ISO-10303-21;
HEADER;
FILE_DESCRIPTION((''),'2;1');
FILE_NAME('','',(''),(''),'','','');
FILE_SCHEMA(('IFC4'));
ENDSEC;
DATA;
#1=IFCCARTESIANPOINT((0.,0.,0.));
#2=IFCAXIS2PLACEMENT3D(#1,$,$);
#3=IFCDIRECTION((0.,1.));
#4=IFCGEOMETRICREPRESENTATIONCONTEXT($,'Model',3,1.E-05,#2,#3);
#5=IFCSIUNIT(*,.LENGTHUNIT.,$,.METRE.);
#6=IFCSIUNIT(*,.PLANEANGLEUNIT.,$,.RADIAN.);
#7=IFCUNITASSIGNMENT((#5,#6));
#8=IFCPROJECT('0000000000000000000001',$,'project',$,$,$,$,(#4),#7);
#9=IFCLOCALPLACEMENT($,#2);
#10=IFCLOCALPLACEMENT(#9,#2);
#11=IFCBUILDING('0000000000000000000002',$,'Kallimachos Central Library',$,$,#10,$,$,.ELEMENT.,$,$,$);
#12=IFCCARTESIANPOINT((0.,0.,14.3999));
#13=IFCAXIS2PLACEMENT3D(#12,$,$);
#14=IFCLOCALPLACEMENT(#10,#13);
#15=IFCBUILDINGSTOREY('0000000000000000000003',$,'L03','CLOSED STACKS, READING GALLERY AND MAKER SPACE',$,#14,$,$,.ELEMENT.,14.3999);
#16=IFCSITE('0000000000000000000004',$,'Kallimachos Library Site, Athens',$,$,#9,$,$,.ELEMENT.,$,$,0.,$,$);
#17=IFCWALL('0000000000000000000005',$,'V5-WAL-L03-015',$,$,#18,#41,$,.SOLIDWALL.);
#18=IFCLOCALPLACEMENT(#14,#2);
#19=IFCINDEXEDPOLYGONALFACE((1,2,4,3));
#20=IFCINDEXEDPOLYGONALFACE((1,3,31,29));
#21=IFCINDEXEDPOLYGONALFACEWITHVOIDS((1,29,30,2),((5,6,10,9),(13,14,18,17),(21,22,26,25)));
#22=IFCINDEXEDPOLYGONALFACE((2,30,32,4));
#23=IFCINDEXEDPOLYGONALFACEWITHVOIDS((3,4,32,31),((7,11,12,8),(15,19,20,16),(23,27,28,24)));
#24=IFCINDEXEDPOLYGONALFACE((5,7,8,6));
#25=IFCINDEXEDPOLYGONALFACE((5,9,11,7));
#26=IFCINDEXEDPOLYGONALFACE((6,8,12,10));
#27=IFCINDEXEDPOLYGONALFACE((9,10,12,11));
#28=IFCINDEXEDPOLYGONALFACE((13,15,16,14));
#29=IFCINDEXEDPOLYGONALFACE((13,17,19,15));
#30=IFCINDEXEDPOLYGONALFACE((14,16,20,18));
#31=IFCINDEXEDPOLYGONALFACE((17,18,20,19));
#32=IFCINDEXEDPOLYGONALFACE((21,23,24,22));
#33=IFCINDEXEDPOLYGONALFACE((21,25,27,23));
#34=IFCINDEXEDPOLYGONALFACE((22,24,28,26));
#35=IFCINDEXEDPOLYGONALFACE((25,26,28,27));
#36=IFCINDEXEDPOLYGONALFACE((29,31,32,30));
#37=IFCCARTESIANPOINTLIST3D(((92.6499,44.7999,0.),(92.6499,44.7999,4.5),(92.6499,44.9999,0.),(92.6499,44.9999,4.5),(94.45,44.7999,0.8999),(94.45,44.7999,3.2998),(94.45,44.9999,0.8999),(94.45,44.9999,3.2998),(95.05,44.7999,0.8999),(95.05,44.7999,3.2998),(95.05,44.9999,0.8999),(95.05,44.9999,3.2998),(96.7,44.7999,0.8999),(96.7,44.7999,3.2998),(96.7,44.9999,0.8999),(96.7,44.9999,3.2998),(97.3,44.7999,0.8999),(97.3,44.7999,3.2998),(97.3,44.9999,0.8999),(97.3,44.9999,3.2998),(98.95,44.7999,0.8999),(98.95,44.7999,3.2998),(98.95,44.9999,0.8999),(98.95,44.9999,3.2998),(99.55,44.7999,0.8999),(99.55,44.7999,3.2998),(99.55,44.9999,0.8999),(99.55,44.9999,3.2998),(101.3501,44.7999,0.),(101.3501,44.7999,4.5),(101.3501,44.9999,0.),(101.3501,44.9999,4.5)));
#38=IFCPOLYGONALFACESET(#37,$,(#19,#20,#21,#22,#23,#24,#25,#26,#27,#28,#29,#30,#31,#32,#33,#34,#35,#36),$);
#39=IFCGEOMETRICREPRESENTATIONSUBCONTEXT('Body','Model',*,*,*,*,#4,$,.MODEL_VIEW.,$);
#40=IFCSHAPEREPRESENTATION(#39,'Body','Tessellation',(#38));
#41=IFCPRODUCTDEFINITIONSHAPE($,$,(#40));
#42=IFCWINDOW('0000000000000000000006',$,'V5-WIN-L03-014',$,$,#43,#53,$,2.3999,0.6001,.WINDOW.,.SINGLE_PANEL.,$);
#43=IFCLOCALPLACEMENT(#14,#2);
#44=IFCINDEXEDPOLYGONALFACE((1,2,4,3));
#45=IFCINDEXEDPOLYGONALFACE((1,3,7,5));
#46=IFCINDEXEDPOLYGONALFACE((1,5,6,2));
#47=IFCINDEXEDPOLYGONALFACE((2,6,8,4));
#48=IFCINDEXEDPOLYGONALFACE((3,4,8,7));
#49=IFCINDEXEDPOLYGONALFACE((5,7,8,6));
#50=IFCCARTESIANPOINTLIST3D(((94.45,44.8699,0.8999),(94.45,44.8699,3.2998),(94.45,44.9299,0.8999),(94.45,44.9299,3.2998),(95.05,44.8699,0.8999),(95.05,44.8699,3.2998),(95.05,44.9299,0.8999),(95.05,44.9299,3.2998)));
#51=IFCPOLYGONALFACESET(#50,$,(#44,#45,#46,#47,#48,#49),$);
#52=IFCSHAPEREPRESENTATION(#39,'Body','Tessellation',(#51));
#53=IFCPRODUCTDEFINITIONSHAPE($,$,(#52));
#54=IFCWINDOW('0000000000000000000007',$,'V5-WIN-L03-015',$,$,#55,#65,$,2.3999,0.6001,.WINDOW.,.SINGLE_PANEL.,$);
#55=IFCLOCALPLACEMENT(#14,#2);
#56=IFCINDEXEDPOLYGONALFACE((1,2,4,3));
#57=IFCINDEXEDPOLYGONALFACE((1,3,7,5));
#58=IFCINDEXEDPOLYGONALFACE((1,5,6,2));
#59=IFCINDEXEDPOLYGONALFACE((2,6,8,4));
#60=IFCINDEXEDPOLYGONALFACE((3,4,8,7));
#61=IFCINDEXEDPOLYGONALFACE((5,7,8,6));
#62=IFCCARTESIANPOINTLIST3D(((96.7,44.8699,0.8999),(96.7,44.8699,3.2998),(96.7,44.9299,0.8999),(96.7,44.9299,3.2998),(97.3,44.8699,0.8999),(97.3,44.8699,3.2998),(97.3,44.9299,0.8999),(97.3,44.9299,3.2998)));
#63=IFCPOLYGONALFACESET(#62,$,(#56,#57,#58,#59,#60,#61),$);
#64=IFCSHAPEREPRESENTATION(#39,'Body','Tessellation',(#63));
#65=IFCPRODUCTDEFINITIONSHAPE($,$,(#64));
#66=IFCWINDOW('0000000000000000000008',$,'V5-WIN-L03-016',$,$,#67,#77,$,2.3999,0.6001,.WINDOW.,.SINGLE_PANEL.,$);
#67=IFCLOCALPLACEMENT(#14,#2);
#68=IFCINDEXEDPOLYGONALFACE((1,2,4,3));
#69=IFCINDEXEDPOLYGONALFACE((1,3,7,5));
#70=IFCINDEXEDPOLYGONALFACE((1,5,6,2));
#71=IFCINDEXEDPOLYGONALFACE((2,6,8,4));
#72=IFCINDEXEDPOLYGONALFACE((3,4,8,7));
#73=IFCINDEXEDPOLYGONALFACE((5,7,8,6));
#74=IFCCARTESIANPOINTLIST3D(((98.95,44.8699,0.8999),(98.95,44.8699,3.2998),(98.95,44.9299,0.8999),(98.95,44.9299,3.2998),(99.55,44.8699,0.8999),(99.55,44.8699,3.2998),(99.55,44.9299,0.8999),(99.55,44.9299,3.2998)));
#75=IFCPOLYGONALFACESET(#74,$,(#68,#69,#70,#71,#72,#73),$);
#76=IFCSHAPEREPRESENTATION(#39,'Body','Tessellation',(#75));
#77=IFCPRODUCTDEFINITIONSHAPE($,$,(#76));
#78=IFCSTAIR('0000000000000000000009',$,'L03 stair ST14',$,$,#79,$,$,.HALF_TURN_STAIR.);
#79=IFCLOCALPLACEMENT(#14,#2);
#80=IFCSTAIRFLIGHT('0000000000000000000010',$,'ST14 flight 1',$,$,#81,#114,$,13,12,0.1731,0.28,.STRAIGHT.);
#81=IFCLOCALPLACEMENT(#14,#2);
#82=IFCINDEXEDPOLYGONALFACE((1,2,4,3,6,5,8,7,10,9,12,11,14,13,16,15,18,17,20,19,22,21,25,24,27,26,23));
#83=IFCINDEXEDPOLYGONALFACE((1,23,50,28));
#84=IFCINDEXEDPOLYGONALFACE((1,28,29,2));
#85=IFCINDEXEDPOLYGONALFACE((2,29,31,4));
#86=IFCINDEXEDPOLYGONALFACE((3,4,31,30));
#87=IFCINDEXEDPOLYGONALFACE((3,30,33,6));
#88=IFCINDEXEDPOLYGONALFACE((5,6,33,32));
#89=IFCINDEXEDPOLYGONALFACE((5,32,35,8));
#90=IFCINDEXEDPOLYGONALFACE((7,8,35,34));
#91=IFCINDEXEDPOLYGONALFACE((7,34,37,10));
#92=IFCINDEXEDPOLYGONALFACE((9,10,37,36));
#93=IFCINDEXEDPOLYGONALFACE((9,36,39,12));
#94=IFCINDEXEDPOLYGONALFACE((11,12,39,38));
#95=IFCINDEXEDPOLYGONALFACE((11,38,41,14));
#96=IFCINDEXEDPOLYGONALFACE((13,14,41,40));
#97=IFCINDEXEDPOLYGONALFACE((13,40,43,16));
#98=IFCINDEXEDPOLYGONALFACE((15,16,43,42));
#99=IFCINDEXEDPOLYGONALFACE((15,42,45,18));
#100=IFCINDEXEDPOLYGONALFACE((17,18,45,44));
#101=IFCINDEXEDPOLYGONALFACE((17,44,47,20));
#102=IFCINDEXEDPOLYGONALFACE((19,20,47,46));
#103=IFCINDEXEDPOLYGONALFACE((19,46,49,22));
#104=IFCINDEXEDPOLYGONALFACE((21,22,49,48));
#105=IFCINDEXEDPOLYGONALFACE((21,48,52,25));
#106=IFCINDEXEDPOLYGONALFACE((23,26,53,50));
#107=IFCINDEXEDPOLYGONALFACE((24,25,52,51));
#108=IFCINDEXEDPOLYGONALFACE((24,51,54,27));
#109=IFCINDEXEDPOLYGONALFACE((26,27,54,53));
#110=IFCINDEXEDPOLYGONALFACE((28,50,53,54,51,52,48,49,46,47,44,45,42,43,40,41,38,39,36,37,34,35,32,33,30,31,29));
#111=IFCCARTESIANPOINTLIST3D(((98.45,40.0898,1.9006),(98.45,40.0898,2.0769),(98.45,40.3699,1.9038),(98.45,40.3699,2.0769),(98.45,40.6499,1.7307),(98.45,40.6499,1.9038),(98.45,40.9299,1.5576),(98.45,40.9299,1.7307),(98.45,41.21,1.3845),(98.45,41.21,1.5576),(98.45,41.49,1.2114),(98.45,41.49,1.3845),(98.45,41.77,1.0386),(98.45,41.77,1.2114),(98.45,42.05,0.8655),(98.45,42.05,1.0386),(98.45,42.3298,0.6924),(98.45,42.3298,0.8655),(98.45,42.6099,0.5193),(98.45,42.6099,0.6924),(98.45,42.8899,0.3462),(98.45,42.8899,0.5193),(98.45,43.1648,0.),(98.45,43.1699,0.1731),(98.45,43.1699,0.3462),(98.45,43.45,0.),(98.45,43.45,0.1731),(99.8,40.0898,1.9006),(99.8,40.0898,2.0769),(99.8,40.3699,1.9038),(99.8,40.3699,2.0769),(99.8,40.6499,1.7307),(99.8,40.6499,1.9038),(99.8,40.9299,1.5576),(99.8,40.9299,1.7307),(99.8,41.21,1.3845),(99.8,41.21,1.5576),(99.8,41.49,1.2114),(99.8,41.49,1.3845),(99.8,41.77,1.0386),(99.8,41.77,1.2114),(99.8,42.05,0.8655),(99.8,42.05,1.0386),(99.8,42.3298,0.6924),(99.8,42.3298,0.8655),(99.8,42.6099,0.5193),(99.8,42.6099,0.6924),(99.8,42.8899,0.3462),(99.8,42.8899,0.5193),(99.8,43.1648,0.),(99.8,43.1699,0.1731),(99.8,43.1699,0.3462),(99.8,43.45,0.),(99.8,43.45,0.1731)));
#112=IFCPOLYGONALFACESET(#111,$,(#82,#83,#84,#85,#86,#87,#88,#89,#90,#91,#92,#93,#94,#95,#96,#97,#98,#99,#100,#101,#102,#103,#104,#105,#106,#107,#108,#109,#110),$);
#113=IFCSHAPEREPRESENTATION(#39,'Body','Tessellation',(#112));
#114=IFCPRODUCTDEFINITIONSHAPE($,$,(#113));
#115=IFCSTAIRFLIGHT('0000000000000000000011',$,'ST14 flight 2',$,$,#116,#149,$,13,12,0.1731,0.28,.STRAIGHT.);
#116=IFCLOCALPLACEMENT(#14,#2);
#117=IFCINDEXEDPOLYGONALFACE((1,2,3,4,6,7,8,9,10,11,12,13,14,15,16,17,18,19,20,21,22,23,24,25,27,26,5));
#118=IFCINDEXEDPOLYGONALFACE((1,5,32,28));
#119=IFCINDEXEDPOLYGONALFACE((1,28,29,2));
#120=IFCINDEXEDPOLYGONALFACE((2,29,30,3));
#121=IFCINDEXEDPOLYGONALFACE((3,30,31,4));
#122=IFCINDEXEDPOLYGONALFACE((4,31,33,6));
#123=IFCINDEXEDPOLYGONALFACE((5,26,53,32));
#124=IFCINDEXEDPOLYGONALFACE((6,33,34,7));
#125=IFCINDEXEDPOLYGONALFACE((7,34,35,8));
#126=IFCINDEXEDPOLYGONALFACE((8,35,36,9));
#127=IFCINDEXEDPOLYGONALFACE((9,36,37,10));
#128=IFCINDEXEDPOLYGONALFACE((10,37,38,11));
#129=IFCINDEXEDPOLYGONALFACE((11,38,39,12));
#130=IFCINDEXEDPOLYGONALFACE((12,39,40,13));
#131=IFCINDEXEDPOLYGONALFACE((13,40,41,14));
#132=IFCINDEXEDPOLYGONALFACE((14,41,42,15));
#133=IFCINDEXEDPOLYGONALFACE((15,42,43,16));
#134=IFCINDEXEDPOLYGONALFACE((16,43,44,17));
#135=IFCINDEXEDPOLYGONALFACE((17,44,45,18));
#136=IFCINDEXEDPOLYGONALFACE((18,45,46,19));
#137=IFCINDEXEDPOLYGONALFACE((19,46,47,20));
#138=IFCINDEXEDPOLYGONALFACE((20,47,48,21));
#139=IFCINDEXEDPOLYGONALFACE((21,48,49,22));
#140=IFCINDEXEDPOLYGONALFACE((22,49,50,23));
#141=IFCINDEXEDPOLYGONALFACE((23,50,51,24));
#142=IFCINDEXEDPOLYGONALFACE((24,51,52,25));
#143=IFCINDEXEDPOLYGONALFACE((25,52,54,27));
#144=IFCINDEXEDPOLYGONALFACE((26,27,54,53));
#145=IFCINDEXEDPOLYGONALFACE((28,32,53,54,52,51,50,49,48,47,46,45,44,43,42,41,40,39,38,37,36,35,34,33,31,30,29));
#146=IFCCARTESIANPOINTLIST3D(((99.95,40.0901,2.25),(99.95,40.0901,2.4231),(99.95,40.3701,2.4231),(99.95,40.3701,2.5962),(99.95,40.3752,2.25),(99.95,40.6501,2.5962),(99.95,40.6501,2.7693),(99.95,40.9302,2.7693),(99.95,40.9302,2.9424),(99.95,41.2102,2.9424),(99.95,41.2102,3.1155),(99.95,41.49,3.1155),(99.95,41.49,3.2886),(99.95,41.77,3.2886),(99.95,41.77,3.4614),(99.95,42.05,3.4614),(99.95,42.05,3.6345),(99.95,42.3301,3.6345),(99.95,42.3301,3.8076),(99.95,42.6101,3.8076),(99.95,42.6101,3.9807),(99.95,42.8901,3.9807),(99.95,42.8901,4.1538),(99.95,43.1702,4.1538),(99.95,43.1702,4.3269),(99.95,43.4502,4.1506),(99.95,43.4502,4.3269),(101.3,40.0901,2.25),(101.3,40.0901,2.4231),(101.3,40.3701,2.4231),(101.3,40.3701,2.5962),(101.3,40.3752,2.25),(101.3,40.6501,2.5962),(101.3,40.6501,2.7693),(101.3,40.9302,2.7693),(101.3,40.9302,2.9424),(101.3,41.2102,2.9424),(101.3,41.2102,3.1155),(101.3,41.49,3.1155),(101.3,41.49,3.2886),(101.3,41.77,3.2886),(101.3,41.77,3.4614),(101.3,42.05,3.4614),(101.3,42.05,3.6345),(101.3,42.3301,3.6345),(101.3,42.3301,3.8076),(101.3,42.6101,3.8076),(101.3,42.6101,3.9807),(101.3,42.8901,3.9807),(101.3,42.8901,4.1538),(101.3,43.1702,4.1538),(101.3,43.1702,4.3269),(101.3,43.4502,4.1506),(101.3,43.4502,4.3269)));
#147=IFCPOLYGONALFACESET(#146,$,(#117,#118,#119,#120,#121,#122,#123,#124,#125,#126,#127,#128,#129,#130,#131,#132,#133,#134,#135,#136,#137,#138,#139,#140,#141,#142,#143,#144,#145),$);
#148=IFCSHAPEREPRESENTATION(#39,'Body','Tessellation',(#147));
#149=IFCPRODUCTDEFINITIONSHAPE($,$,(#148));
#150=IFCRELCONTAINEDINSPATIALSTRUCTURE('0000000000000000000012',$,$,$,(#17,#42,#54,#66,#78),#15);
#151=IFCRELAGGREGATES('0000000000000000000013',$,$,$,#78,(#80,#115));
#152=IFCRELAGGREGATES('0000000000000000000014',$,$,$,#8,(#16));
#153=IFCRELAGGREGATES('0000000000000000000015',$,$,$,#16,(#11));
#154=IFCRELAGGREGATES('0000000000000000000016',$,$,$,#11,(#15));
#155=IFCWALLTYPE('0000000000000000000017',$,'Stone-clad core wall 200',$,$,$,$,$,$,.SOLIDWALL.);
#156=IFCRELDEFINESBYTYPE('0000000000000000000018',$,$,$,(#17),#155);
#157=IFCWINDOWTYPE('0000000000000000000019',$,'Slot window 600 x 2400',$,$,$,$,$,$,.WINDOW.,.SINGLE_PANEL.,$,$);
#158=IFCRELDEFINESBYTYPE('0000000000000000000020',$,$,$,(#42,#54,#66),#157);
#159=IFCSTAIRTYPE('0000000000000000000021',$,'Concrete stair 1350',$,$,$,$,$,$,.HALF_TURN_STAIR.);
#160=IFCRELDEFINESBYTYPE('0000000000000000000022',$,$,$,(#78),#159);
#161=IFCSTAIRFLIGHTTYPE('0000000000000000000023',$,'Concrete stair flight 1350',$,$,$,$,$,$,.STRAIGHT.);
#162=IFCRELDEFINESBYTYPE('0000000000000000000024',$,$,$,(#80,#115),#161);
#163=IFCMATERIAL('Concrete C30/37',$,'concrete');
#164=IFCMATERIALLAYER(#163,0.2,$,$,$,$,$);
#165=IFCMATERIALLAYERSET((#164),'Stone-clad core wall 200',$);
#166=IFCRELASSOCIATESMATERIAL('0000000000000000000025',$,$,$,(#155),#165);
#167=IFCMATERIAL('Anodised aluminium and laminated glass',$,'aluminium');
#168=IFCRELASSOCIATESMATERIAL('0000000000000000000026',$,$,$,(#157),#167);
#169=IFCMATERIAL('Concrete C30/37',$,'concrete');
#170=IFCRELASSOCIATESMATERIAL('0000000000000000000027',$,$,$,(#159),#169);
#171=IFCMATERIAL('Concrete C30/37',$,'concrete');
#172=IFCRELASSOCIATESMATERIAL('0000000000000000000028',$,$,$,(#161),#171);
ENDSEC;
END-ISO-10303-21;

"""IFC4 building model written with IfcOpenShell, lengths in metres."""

from ifc_helpers import new_model, si_unit, direction, frame, frame_2d, origin, place, context, subcontext, project, spatial, polyline, rectangle, outline, extrude, material, layer, layer_set, type_object, element, fill, aggregate, save


model = new_model("IFC4")

# Units and contexts
model_context = context("Model", 3, precision=1e-05, world=origin(), true_north=direction((0.0, 1.0)))
body_context = subcontext(model_context, "Body", "Model", "MODEL_VIEW")
ifc_project = project(units=[si_unit("LENGTHUNIT", "METRE"), si_unit("PLANEANGLEUNIT", "RADIAN")], contexts=[model_context])

# Site, building, storey
site_placement = place(None, origin())
site = spatial("IfcSite", under=ifc_project, at=site_placement, Name="Kallimachos Library Site, Athens", CompositionType="ELEMENT", RefElevation=0.0)
building_placement = place(site_placement, origin())
building = spatial("IfcBuilding", under=site, at=building_placement, Name="Kallimachos Central Library", CompositionType="ELEMENT")
storey_placement = place(building_placement, frame((0.0, 0.0, 14.3999)))
storey = spatial("IfcBuildingStorey", under=building, at=storey_placement, Name="L03", Description="CLOSED STACKS, READING GALLERY AND MAKER SPACE", CompositionType="ELEMENT", Elevation=14.3999)

# Wall, openings, windows
ifc_material_1 = material(Name="Concrete C30/37", Category="concrete")
ifc_layer_1 = layer(ifc_material_1, 0.2)
ifc_layer_set_1 = layer_set([ifc_layer_1], Name="Stone-clad core wall 200")
wall_type_1 = type_object("IfcWallType", Name="Stone-clad core wall 200", PredefinedType="SOLIDWALL", material=ifc_layer_set_1)
wall_1_placement = place(storey_placement, frame((92.6499, 44.8999, 0.0), z_axis=(0.0, 0.0, 1.0), x_axis=(1.0, 0.0, 0.0)))
wall_1 = element("IfcWall", 1, at=wall_1_placement, inside=storey, type_object=wall_type_1, Name="V5-WAL-L03-015", PredefinedType="SOLIDWALL", context=body_context, shape_type="SweptSolid", body=[
    extrude(rectangle(XDim=8.7002, YDim=0.2, at=frame_2d((4.3501, 0.0))), origin(), (0.0, 0.0, 1.0), 4.5),
])
opening_1_placement = place(wall_1_placement, frame((1.8, 0.0, 0.8999)))
opening_1 = element("IfcOpeningElement", 2, at=opening_1_placement, cuts=wall_1, PredefinedType="OPENING", context=body_context, shape_type="SweptSolid", body=[
    extrude(rectangle(XDim=0.6001, YDim=2.3999, at=frame_2d((0.3, 1.2))), frame((0.0, 0.1099, 0.0), z_axis=(0.0, -1.0, 0.0), x_axis=(1.0, 0.0, 0.0)), (0.0, 0.0, 1.0), 0.22),
])
opening_2_placement = place(wall_1_placement, frame((4.05, 0.0, 0.8999)))
opening_2 = element("IfcOpeningElement", 3, at=opening_2_placement, cuts=wall_1, PredefinedType="OPENING", context=body_context, shape_type="SweptSolid", body=[
    extrude(rectangle(XDim=0.6001, YDim=2.3999, at=frame_2d((0.3, 1.2))), frame((0.0, 0.1099, 0.0), z_axis=(0.0, -1.0, 0.0), x_axis=(1.0, 0.0, 0.0)), (0.0, 0.0, 1.0), 0.22),
])
opening_3_placement = place(wall_1_placement, frame((6.3, 0.0, 0.8999)))
opening_3 = element("IfcOpeningElement", 4, at=opening_3_placement, cuts=wall_1, PredefinedType="OPENING", context=body_context, shape_type="SweptSolid", body=[
    extrude(rectangle(XDim=0.6001, YDim=2.3999, at=frame_2d((0.3, 1.2))), frame((0.0, 0.1099, 0.0), z_axis=(0.0, -1.0, 0.0), x_axis=(1.0, 0.0, 0.0)), (0.0, 0.0, 1.0), 0.22),
])
ifc_material_2 = material(Name="Anodised aluminium and laminated glass", Category="aluminium")
window_type = type_object("IfcWindowType", Name="Slot window 600 x 2400", PartitioningType="SINGLE_PANEL", PredefinedType="WINDOW", material=ifc_material_2)
window_1_placement = place(opening_1_placement, origin())
window_1 = element("IfcWindow", 5, at=window_1_placement, inside=storey, type_object=window_type, Name="V5-WIN-L03-014", OverallHeight=2.3999, OverallWidth=0.6001, PartitioningType="SINGLE_PANEL", PredefinedType="WINDOW", context=body_context, shape_type="SweptSolid", body=[
    extrude(rectangle(XDim=0.6001, YDim=2.3999, at=frame_2d((0.3, 1.2))), frame((0.0, 0.03, 0.0), z_axis=(0.0, -1.0, 0.0), x_axis=(1.0, 0.0, 0.0)), (0.0, 0.0, 1.0), 0.0601),
])
fill(opening_1, window_1)
window_2_placement = place(opening_2_placement, origin())
window_2 = element("IfcWindow", 6, at=window_2_placement, inside=storey, type_object=window_type, Name="V5-WIN-L03-015", OverallHeight=2.3999, OverallWidth=0.6001, PartitioningType="SINGLE_PANEL", PredefinedType="WINDOW", context=body_context, shape_type="SweptSolid", body=[
    extrude(rectangle(XDim=0.6001, YDim=2.3999, at=frame_2d((0.3, 1.2))), frame((0.0, 0.03, 0.0), z_axis=(0.0, -1.0, 0.0), x_axis=(1.0, 0.0, 0.0)), (0.0, 0.0, 1.0), 0.0601),
])
fill(opening_2, window_2)
window_3_placement = place(opening_3_placement, origin())
window_3 = element("IfcWindow", 7, at=window_3_placement, inside=storey, type_object=window_type, Name="V5-WIN-L03-016", OverallHeight=2.3999, OverallWidth=0.6001, PartitioningType="SINGLE_PANEL", PredefinedType="WINDOW", context=body_context, shape_type="SweptSolid", body=[
    extrude(rectangle(XDim=0.6001, YDim=2.3999, at=frame_2d((0.3, 1.2))), frame((0.0, 0.03, 0.0), z_axis=(0.0, -1.0, 0.0), x_axis=(1.0, 0.0, 0.0)), (0.0, 0.0, 1.0), 0.0601),
])
fill(opening_3, window_3)

# Stair, stair flights
ifc_material_3 = material(Name="Concrete C30/37", Category="concrete")
stair_type = type_object("IfcStairType", Name="Concrete stair 1350", PredefinedType="HALF_TURN_STAIR", material=ifc_material_3)
stair_placement = place(storey_placement, origin())
stair = element("IfcStair", 8, at=stair_placement, inside=storey, type_object=stair_type, Name="L03 stair ST14", PredefinedType="HALF_TURN_STAIR")
ifc_material_4 = material(Name="Concrete C30/37", Category="concrete")
stair_flight_type = type_object("IfcStairFlightType", Name="Concrete stair flight 1350", PredefinedType="STRAIGHT", material=ifc_material_4)
stair_flight_1_placement = place(storey_placement, frame((99.125, 43.45, 0.0), z_axis=(0.0, 0.0, 1.0), x_axis=(0.0, -1.0, 0.0)))
stair_flight_1 = element("IfcStairFlight", 9, at=stair_flight_1_placement, type_object=stair_flight_type, Name="ST14 flight 1", NumberOfRisers=13, NumberOfTreads=12, PredefinedType="STRAIGHT", RiserHeight=0.1731, TreadLength=0.28, context=body_context, shape_type="SweptSolid", body=[
    extrude(outline(polyline([(0.0, 0.0), (0.0, 0.1731), (0.28, 0.1731), (0.28, 0.3462), (0.5601, 0.3462), (0.5601, 0.5193), (0.8401, 0.5193), (0.8401, 0.6924), (1.1201, 0.6924), (1.1201, 0.8655), (1.3999, 0.8655), (1.3999, 1.0386), (1.6799, 1.0386), (1.6799, 1.2114), (1.96, 1.2114), (1.96, 1.3845), (2.24, 1.3845), (2.24, 1.5576), (2.52, 1.5576), (2.52, 1.7307), (2.8, 1.7307), (2.8, 1.9038), (3.0801, 1.9038), (3.0801, 2.0769), (3.3601, 2.0769), (3.3601, 2.25), (3.3601, 1.9006), (0.2852, 0.0), (0.0, 0.0)])), frame((0.0, 0.675, 0.0), z_axis=(0.0, -1.0, 0.0), x_axis=(1.0, 0.0, 0.0)), (0.0, 0.0, 1.0), 1.3501),
])
stair_flight_2_placement = place(storey_placement, frame((100.625, 40.0901, 2.25), z_axis=(0.0, 0.0, 1.0), x_axis=(0.0, 1.0, 0.0)))
stair_flight_2 = element("IfcStairFlight", 10, at=stair_flight_2_placement, type_object=stair_flight_type, Name="ST14 flight 2", NumberOfRisers=13, NumberOfTreads=12, PredefinedType="STRAIGHT", RiserHeight=0.1731, TreadLength=0.28, context=body_context, shape_type="SweptSolid", body=[
    extrude(outline(polyline([(0.0, 0.0), (0.0, 0.1731), (0.28, 0.1731), (0.28, 0.3462), (0.5601, 0.3462), (0.5601, 0.5193), (0.8401, 0.5193), (0.8401, 0.6924), (1.1201, 0.6924), (1.1201, 0.8655), (1.3999, 0.8655), (1.3999, 1.0386), (1.6799, 1.0386), (1.6799, 1.2114), (1.96, 1.2114), (1.96, 1.3845), (2.24, 1.3845), (2.24, 1.5576), (2.52, 1.5576), (2.52, 1.7307), (2.8, 1.7307), (2.8, 1.9038), (3.0801, 1.9038), (3.0801, 2.0769), (3.3601, 2.0769), (3.3601, 2.25), (3.3601, 1.9006), (0.2852, 0.0), (0.0, 0.0)])), frame((0.0, 0.675, 0.0), z_axis=(0.0, -1.0, 0.0), x_axis=(1.0, 0.0, 0.0)), (0.0, 0.0, 1.0), 1.3501),
])
aggregate(stair, [stair_flight_1, stair_flight_2])

save(model, "model.ifc")
